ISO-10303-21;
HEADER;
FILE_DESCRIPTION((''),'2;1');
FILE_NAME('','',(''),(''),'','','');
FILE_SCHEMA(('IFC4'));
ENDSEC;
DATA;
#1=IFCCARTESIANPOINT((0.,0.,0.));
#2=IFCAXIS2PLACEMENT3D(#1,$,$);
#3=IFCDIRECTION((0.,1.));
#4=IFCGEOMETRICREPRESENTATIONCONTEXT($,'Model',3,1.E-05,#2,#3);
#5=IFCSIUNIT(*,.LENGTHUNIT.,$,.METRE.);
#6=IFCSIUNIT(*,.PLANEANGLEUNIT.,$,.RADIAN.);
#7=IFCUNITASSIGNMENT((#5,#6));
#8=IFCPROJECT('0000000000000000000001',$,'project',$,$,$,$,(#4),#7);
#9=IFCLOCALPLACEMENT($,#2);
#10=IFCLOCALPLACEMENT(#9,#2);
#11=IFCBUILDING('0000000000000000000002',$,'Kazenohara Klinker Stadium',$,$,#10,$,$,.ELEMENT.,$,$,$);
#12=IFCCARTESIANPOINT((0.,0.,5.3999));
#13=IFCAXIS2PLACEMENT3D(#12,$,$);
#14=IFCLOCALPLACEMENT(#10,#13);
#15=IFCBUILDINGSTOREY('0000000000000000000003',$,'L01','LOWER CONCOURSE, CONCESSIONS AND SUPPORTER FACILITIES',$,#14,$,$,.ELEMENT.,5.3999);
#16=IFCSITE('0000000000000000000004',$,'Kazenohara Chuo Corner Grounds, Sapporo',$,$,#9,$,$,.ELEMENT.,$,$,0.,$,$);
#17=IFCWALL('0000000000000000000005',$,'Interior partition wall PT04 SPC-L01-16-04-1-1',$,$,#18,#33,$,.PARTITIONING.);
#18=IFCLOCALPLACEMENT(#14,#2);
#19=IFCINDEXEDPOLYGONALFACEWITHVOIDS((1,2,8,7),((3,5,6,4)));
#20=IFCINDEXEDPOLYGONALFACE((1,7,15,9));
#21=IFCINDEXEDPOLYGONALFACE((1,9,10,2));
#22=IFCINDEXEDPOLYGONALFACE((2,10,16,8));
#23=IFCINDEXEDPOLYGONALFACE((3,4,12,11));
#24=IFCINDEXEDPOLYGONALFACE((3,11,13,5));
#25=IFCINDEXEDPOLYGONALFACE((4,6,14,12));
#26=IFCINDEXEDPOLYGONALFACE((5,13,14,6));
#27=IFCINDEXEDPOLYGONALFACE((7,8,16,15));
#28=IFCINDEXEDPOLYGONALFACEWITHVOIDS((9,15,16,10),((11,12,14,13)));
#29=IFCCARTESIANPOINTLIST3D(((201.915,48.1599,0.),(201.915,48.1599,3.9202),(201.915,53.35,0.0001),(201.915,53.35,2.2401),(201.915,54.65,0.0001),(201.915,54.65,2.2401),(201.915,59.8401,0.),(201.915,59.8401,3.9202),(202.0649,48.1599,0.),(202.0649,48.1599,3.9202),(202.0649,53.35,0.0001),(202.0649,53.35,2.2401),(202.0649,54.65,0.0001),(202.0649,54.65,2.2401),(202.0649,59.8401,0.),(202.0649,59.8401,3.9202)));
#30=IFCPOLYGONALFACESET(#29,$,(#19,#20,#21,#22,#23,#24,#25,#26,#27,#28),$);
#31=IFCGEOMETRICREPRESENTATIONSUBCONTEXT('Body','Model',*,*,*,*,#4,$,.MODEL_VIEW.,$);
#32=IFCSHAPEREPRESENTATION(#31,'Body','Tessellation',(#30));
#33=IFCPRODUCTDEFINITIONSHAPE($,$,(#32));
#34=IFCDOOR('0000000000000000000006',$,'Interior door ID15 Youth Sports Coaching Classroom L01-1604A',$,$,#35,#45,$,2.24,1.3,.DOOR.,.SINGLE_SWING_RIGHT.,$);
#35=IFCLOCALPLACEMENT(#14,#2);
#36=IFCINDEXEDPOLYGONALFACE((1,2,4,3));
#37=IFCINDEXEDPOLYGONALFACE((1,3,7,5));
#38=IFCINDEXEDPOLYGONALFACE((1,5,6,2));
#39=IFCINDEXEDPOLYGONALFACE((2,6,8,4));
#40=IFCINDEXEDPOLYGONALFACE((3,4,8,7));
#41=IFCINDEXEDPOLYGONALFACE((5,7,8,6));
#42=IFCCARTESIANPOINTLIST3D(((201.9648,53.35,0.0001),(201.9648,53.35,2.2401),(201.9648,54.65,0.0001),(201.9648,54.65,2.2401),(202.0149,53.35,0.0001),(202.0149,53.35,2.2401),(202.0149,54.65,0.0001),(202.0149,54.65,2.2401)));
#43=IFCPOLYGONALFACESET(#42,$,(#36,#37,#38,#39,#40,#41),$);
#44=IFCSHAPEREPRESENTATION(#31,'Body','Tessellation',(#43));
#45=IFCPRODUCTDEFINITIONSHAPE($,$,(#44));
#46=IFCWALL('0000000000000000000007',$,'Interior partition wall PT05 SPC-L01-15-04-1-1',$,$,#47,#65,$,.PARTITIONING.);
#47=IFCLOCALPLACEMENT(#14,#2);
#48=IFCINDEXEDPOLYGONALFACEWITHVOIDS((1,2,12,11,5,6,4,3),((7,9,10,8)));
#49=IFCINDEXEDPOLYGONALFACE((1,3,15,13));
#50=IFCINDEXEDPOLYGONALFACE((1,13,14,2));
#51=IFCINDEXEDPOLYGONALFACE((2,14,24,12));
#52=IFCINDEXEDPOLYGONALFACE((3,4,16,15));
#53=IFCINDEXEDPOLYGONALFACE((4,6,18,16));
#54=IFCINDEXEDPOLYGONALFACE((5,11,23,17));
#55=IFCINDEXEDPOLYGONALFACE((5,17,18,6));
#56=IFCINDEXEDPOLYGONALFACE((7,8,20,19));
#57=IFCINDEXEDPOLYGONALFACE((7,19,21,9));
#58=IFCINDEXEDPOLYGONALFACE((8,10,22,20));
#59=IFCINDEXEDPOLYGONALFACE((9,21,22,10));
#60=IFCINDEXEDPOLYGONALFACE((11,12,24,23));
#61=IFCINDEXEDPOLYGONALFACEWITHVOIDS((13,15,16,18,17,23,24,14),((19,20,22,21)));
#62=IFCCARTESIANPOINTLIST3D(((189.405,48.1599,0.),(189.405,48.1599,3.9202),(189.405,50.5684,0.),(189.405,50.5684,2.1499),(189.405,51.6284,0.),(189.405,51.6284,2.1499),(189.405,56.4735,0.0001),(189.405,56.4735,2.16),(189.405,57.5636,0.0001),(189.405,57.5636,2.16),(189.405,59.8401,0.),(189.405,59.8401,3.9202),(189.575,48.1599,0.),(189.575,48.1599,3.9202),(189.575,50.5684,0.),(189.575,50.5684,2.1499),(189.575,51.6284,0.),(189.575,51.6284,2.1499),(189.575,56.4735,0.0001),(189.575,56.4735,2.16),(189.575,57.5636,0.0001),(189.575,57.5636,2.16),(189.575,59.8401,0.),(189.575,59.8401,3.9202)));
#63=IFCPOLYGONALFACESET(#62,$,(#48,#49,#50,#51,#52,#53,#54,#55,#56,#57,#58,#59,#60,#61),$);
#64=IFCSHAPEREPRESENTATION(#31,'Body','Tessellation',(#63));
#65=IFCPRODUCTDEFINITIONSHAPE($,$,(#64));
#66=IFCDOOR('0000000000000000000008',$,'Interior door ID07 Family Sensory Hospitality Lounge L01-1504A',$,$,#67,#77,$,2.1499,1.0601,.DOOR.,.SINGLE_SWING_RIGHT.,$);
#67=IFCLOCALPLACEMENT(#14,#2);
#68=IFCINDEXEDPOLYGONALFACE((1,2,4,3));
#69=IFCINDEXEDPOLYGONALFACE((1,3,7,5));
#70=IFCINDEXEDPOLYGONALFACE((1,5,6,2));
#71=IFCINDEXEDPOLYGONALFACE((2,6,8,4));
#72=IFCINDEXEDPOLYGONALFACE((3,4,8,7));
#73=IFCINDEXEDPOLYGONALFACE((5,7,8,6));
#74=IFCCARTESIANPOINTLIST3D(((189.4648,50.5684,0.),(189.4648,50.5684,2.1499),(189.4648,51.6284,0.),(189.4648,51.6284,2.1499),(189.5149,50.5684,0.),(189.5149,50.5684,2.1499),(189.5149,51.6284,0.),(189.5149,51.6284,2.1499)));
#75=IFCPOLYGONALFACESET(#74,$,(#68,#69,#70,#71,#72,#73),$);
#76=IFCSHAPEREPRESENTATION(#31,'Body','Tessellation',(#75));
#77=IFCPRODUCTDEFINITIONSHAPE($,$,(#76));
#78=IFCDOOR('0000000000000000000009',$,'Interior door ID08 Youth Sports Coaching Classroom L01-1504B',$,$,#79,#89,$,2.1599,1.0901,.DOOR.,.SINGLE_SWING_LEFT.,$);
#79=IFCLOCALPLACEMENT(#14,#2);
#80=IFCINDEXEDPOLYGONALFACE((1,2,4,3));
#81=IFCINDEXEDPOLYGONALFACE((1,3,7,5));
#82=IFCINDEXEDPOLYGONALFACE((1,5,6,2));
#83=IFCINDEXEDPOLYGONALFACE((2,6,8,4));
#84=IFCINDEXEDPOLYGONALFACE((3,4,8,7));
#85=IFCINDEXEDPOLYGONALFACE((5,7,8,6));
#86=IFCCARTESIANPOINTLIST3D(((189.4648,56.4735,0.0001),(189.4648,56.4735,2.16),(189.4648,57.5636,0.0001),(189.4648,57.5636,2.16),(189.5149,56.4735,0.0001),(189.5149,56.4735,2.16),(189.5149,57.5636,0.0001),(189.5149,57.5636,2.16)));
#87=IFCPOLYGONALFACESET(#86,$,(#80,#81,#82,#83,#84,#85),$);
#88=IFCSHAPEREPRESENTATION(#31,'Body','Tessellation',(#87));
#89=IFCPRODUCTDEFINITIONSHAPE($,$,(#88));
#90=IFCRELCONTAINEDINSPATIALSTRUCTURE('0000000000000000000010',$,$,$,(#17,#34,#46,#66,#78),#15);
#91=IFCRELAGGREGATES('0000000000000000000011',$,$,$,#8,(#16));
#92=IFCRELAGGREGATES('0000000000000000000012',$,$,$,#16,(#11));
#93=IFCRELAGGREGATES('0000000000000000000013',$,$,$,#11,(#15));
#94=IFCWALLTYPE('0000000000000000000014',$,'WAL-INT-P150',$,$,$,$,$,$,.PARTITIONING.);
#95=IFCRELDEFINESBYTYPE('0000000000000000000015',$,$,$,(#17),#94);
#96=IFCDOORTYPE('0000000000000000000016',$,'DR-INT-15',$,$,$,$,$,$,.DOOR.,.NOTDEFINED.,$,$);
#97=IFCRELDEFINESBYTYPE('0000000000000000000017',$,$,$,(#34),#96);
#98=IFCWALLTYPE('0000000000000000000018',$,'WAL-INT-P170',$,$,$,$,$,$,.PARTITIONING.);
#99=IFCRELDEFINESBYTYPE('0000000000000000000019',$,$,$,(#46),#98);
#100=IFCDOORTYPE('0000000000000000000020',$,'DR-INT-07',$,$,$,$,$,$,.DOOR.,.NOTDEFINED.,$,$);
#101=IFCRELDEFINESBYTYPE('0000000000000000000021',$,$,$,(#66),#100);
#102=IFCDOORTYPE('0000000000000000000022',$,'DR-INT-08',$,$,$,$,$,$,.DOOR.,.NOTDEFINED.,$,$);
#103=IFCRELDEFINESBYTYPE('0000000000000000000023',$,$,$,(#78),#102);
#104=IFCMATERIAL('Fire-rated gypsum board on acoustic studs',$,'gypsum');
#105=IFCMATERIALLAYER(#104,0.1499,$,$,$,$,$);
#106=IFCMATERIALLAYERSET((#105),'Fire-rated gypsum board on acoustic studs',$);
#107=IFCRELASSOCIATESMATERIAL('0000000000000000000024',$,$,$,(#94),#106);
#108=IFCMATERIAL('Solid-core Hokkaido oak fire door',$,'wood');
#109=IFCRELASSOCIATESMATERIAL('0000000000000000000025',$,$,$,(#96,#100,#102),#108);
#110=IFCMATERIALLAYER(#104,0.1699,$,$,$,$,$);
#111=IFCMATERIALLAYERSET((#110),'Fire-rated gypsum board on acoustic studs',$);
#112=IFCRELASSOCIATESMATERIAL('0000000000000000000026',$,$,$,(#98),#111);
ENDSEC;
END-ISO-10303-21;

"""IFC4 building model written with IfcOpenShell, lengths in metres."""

from ifc_helpers import new_model, si_unit, direction, frame, frame_2d, origin, place, context, subcontext, project, spatial, rectangle, extrude, material, layer, layer_set, type_object, element, fill, save


model = new_model("IFC4")

# Units and contexts
model_context = context("Model", 3, precision=1e-05, world=origin(), true_north=direction((0.0, 1.0)))
body_context = subcontext(model_context, "Body", "Model", "MODEL_VIEW")
ifc_project = project(units=[si_unit("LENGTHUNIT", "METRE"), si_unit("PLANEANGLEUNIT", "RADIAN")], contexts=[model_context])

# Site, building, storey
site_placement = place(None, origin())
site = spatial("IfcSite", under=ifc_project, at=site_placement, Name="Kazenohara Chuo Corner Grounds, Sapporo", CompositionType="ELEMENT", RefElevation=0.0)
building_placement = place(site_placement, origin())
building = spatial("IfcBuilding", under=site, at=building_placement, Name="Kazenohara Klinker Stadium", CompositionType="ELEMENT")
storey_placement = place(building_placement, frame((0.0, 0.0, 5.3999)))
storey = spatial("IfcBuildingStorey", under=building, at=storey_placement, Name="L01", Description="LOWER CONCOURSE, CONCESSIONS AND SUPPORTER FACILITIES", CompositionType="ELEMENT", Elevation=5.3999)

# Wall, opening, door
ifc_material_1 = material(Name="Fire-rated gypsum board on acoustic studs", Category="gypsum")
ifc_material_2 = material(Name="Solid-core Hokkaido oak fire door", Category="wood")
ifc_layer_1 = layer(ifc_material_1, 0.1499)
ifc_layer_set_1 = layer_set([ifc_layer_1], Name="Fire-rated gypsum board on acoustic studs")
wall_type_1 = type_object("IfcWallType", Name="WAL-INT-P150", PredefinedType="PARTITIONING", material=ifc_layer_set_1)
wall_1_placement = place(storey_placement, frame((201.99, 48.1599, 0.0), z_axis=(0.0, 0.0, 1.0), x_axis=(0.0, 1.0, 0.0)))
wall_1 = element("IfcWall", 1, at=wall_1_placement, inside=storey, type_object=wall_type_1, Name="Interior partition wall PT04 SPC-L01-16-04-1-1", PredefinedType="PARTITIONING", context=body_context, shape_type="SweptSolid", body=[
    extrude(rectangle(XDim=11.6802, YDim=0.1499, at=frame_2d((5.8401, 0.0))), origin(), (0.0, 0.0, 1.0), 3.9202),
])
opening_1_placement = place(wall_1_placement, frame((6.49, 0.0, 0.0), z_axis=(0.0, 0.0, 1.0), x_axis=(-1.0, 0.0, 0.0)))
opening_1 = element("IfcOpeningElement", 2, at=opening_1_placement, cuts=wall_1, PredefinedType="OPENING", context=body_context, shape_type="SweptSolid", body=[
    extrude(rectangle(XDim=1.3, YDim=2.24, at=frame_2d((0.6499, 1.1201))), frame((0.0, 0.085, 0.0), z_axis=(0.0, -1.0, 0.0), x_axis=(1.0, 0.0, 0.0)), (0.0, 0.0, 1.0), 0.1699),
])
door_type_1 = type_object("IfcDoorType", Name="DR-INT-15", OperationType="NOTDEFINED", PredefinedType="DOOR", material=ifc_material_2)
door_1_placement = place(opening_1_placement, origin())
door_1 = element("IfcDoor", 3, at=door_1_placement, inside=storey, type_object=door_type_1, Name="Interior door ID15 Youth Sports Coaching Classroom L01-1604A", OperationType="SINGLE_SWING_RIGHT", OverallHeight=2.24, OverallWidth=1.3, PredefinedType="DOOR", context=body_context, shape_type="SweptSolid", body=[
    extrude(rectangle(XDim=1.3, YDim=2.24, at=frame_2d((0.6499, 1.1201))), frame((0.0, 0.0249, 0.0), z_axis=(0.0, -1.0, 0.0), x_axis=(1.0, 0.0, 0.0)), (0.0, 0.0, 1.0), 0.05),
])
fill(opening_1, door_1)

# Wall, openings, doors
ifc_layer_2 = layer(ifc_material_1, 0.1699)
ifc_layer_set_2 = layer_set([ifc_layer_2], Name="Fire-rated gypsum board on acoustic studs")
wall_type_2 = type_object("IfcWallType", Name="WAL-INT-P170", PredefinedType="PARTITIONING", material=ifc_layer_set_2)
wall_2_placement = place(storey_placement, frame((189.49, 48.1599, 0.0), z_axis=(0.0, 0.0, 1.0), x_axis=(0.0, 1.0, 0.0)))
wall_2 = element("IfcWall", 4, at=wall_2_placement, inside=storey, type_object=wall_type_2, Name="Interior partition wall PT05 SPC-L01-15-04-1-1", PredefinedType="PARTITIONING", context=body_context, shape_type="SweptSolid", body=[
    extrude(rectangle(XDim=11.6802, YDim=0.1699, at=frame_2d((5.8401, 0.0))), origin(), (0.0, 0.0, 1.0), 3.9202),
])
opening_2_placement = place(wall_2_placement, frame((3.4685, 0.0, 0.0), z_axis=(0.0, 0.0, 1.0), x_axis=(-1.0, 0.0, 0.0)))
opening_2 = element("IfcOpeningElement", 5, at=opening_2_placement, cuts=wall_2, PredefinedType="OPENING", context=body_context, shape_type="SweptSolid", body=[
    extrude(rectangle(XDim=1.0601, YDim=2.1499, at=frame_2d((0.53, 1.075))), frame((0.0, 0.095, 0.0), z_axis=(0.0, -1.0, 0.0), x_axis=(1.0, 0.0, 0.0)), (0.0, 0.0, 1.0), 0.1899),
])
opening_3_placement = place(wall_2_placement, frame((9.4036, 0.0, 0.0), z_axis=(0.0, 0.0, 1.0), x_axis=(-1.0, 0.0, 0.0)))
opening_3 = element("IfcOpeningElement", 6, at=opening_3_placement, cuts=wall_2, PredefinedType="OPENING", context=body_context, shape_type="SweptSolid", body=[
    extrude(rectangle(XDim=1.0901, YDim=2.1599, at=frame_2d((0.5449, 1.0801))), frame((0.0, 0.095, 0.0), z_axis=(0.0, -1.0, 0.0), x_axis=(1.0, 0.0, 0.0)), (0.0, 0.0, 1.0), 0.1899),
])
door_type_2 = type_object("IfcDoorType", Name="DR-INT-07", OperationType="NOTDEFINED", PredefinedType="DOOR", material=ifc_material_2)
door_2_placement = place(opening_2_placement, origin())
door_2 = element("IfcDoor", 7, at=door_2_placement, inside=storey, type_object=door_type_2, Name="Interior door ID07 Family Sensory Hospitality Lounge L01-1504A", OperationType="SINGLE_SWING_RIGHT", OverallHeight=2.1499, OverallWidth=1.0601, PredefinedType="DOOR", context=body_context, shape_type="SweptSolid", body=[
    extrude(rectangle(XDim=1.0601, YDim=2.1499, at=frame_2d((0.53, 1.075))), frame((0.0, 0.0249, 0.0), z_axis=(0.0, -1.0, 0.0), x_axis=(1.0, 0.0, 0.0)), (0.0, 0.0, 1.0), 0.05),
])
fill(opening_2, door_2)
door_type_3 = type_object("IfcDoorType", Name="DR-INT-08", OperationType="NOTDEFINED", PredefinedType="DOOR", material=ifc_material_2)
door_3_placement = place(opening_3_placement, origin())
door_3 = element("IfcDoor", 8, at=door_3_placement, inside=storey, type_object=door_type_3, Name="Interior door ID08 Youth Sports Coaching Classroom L01-1504B", OperationType="SINGLE_SWING_LEFT", OverallHeight=2.1599, OverallWidth=1.0901, PredefinedType="DOOR", context=body_context, shape_type="SweptSolid", body=[
    extrude(rectangle(XDim=1.0901, YDim=2.1599, at=frame_2d((0.5449, 1.0801))), frame((0.0, 0.0249, 0.0), z_axis=(0.0, -1.0, 0.0), x_axis=(1.0, 0.0, 0.0)), (0.0, 0.0, 1.0), 0.05),
])
fill(opening_3, door_3)

save(model, "model.ifc")
